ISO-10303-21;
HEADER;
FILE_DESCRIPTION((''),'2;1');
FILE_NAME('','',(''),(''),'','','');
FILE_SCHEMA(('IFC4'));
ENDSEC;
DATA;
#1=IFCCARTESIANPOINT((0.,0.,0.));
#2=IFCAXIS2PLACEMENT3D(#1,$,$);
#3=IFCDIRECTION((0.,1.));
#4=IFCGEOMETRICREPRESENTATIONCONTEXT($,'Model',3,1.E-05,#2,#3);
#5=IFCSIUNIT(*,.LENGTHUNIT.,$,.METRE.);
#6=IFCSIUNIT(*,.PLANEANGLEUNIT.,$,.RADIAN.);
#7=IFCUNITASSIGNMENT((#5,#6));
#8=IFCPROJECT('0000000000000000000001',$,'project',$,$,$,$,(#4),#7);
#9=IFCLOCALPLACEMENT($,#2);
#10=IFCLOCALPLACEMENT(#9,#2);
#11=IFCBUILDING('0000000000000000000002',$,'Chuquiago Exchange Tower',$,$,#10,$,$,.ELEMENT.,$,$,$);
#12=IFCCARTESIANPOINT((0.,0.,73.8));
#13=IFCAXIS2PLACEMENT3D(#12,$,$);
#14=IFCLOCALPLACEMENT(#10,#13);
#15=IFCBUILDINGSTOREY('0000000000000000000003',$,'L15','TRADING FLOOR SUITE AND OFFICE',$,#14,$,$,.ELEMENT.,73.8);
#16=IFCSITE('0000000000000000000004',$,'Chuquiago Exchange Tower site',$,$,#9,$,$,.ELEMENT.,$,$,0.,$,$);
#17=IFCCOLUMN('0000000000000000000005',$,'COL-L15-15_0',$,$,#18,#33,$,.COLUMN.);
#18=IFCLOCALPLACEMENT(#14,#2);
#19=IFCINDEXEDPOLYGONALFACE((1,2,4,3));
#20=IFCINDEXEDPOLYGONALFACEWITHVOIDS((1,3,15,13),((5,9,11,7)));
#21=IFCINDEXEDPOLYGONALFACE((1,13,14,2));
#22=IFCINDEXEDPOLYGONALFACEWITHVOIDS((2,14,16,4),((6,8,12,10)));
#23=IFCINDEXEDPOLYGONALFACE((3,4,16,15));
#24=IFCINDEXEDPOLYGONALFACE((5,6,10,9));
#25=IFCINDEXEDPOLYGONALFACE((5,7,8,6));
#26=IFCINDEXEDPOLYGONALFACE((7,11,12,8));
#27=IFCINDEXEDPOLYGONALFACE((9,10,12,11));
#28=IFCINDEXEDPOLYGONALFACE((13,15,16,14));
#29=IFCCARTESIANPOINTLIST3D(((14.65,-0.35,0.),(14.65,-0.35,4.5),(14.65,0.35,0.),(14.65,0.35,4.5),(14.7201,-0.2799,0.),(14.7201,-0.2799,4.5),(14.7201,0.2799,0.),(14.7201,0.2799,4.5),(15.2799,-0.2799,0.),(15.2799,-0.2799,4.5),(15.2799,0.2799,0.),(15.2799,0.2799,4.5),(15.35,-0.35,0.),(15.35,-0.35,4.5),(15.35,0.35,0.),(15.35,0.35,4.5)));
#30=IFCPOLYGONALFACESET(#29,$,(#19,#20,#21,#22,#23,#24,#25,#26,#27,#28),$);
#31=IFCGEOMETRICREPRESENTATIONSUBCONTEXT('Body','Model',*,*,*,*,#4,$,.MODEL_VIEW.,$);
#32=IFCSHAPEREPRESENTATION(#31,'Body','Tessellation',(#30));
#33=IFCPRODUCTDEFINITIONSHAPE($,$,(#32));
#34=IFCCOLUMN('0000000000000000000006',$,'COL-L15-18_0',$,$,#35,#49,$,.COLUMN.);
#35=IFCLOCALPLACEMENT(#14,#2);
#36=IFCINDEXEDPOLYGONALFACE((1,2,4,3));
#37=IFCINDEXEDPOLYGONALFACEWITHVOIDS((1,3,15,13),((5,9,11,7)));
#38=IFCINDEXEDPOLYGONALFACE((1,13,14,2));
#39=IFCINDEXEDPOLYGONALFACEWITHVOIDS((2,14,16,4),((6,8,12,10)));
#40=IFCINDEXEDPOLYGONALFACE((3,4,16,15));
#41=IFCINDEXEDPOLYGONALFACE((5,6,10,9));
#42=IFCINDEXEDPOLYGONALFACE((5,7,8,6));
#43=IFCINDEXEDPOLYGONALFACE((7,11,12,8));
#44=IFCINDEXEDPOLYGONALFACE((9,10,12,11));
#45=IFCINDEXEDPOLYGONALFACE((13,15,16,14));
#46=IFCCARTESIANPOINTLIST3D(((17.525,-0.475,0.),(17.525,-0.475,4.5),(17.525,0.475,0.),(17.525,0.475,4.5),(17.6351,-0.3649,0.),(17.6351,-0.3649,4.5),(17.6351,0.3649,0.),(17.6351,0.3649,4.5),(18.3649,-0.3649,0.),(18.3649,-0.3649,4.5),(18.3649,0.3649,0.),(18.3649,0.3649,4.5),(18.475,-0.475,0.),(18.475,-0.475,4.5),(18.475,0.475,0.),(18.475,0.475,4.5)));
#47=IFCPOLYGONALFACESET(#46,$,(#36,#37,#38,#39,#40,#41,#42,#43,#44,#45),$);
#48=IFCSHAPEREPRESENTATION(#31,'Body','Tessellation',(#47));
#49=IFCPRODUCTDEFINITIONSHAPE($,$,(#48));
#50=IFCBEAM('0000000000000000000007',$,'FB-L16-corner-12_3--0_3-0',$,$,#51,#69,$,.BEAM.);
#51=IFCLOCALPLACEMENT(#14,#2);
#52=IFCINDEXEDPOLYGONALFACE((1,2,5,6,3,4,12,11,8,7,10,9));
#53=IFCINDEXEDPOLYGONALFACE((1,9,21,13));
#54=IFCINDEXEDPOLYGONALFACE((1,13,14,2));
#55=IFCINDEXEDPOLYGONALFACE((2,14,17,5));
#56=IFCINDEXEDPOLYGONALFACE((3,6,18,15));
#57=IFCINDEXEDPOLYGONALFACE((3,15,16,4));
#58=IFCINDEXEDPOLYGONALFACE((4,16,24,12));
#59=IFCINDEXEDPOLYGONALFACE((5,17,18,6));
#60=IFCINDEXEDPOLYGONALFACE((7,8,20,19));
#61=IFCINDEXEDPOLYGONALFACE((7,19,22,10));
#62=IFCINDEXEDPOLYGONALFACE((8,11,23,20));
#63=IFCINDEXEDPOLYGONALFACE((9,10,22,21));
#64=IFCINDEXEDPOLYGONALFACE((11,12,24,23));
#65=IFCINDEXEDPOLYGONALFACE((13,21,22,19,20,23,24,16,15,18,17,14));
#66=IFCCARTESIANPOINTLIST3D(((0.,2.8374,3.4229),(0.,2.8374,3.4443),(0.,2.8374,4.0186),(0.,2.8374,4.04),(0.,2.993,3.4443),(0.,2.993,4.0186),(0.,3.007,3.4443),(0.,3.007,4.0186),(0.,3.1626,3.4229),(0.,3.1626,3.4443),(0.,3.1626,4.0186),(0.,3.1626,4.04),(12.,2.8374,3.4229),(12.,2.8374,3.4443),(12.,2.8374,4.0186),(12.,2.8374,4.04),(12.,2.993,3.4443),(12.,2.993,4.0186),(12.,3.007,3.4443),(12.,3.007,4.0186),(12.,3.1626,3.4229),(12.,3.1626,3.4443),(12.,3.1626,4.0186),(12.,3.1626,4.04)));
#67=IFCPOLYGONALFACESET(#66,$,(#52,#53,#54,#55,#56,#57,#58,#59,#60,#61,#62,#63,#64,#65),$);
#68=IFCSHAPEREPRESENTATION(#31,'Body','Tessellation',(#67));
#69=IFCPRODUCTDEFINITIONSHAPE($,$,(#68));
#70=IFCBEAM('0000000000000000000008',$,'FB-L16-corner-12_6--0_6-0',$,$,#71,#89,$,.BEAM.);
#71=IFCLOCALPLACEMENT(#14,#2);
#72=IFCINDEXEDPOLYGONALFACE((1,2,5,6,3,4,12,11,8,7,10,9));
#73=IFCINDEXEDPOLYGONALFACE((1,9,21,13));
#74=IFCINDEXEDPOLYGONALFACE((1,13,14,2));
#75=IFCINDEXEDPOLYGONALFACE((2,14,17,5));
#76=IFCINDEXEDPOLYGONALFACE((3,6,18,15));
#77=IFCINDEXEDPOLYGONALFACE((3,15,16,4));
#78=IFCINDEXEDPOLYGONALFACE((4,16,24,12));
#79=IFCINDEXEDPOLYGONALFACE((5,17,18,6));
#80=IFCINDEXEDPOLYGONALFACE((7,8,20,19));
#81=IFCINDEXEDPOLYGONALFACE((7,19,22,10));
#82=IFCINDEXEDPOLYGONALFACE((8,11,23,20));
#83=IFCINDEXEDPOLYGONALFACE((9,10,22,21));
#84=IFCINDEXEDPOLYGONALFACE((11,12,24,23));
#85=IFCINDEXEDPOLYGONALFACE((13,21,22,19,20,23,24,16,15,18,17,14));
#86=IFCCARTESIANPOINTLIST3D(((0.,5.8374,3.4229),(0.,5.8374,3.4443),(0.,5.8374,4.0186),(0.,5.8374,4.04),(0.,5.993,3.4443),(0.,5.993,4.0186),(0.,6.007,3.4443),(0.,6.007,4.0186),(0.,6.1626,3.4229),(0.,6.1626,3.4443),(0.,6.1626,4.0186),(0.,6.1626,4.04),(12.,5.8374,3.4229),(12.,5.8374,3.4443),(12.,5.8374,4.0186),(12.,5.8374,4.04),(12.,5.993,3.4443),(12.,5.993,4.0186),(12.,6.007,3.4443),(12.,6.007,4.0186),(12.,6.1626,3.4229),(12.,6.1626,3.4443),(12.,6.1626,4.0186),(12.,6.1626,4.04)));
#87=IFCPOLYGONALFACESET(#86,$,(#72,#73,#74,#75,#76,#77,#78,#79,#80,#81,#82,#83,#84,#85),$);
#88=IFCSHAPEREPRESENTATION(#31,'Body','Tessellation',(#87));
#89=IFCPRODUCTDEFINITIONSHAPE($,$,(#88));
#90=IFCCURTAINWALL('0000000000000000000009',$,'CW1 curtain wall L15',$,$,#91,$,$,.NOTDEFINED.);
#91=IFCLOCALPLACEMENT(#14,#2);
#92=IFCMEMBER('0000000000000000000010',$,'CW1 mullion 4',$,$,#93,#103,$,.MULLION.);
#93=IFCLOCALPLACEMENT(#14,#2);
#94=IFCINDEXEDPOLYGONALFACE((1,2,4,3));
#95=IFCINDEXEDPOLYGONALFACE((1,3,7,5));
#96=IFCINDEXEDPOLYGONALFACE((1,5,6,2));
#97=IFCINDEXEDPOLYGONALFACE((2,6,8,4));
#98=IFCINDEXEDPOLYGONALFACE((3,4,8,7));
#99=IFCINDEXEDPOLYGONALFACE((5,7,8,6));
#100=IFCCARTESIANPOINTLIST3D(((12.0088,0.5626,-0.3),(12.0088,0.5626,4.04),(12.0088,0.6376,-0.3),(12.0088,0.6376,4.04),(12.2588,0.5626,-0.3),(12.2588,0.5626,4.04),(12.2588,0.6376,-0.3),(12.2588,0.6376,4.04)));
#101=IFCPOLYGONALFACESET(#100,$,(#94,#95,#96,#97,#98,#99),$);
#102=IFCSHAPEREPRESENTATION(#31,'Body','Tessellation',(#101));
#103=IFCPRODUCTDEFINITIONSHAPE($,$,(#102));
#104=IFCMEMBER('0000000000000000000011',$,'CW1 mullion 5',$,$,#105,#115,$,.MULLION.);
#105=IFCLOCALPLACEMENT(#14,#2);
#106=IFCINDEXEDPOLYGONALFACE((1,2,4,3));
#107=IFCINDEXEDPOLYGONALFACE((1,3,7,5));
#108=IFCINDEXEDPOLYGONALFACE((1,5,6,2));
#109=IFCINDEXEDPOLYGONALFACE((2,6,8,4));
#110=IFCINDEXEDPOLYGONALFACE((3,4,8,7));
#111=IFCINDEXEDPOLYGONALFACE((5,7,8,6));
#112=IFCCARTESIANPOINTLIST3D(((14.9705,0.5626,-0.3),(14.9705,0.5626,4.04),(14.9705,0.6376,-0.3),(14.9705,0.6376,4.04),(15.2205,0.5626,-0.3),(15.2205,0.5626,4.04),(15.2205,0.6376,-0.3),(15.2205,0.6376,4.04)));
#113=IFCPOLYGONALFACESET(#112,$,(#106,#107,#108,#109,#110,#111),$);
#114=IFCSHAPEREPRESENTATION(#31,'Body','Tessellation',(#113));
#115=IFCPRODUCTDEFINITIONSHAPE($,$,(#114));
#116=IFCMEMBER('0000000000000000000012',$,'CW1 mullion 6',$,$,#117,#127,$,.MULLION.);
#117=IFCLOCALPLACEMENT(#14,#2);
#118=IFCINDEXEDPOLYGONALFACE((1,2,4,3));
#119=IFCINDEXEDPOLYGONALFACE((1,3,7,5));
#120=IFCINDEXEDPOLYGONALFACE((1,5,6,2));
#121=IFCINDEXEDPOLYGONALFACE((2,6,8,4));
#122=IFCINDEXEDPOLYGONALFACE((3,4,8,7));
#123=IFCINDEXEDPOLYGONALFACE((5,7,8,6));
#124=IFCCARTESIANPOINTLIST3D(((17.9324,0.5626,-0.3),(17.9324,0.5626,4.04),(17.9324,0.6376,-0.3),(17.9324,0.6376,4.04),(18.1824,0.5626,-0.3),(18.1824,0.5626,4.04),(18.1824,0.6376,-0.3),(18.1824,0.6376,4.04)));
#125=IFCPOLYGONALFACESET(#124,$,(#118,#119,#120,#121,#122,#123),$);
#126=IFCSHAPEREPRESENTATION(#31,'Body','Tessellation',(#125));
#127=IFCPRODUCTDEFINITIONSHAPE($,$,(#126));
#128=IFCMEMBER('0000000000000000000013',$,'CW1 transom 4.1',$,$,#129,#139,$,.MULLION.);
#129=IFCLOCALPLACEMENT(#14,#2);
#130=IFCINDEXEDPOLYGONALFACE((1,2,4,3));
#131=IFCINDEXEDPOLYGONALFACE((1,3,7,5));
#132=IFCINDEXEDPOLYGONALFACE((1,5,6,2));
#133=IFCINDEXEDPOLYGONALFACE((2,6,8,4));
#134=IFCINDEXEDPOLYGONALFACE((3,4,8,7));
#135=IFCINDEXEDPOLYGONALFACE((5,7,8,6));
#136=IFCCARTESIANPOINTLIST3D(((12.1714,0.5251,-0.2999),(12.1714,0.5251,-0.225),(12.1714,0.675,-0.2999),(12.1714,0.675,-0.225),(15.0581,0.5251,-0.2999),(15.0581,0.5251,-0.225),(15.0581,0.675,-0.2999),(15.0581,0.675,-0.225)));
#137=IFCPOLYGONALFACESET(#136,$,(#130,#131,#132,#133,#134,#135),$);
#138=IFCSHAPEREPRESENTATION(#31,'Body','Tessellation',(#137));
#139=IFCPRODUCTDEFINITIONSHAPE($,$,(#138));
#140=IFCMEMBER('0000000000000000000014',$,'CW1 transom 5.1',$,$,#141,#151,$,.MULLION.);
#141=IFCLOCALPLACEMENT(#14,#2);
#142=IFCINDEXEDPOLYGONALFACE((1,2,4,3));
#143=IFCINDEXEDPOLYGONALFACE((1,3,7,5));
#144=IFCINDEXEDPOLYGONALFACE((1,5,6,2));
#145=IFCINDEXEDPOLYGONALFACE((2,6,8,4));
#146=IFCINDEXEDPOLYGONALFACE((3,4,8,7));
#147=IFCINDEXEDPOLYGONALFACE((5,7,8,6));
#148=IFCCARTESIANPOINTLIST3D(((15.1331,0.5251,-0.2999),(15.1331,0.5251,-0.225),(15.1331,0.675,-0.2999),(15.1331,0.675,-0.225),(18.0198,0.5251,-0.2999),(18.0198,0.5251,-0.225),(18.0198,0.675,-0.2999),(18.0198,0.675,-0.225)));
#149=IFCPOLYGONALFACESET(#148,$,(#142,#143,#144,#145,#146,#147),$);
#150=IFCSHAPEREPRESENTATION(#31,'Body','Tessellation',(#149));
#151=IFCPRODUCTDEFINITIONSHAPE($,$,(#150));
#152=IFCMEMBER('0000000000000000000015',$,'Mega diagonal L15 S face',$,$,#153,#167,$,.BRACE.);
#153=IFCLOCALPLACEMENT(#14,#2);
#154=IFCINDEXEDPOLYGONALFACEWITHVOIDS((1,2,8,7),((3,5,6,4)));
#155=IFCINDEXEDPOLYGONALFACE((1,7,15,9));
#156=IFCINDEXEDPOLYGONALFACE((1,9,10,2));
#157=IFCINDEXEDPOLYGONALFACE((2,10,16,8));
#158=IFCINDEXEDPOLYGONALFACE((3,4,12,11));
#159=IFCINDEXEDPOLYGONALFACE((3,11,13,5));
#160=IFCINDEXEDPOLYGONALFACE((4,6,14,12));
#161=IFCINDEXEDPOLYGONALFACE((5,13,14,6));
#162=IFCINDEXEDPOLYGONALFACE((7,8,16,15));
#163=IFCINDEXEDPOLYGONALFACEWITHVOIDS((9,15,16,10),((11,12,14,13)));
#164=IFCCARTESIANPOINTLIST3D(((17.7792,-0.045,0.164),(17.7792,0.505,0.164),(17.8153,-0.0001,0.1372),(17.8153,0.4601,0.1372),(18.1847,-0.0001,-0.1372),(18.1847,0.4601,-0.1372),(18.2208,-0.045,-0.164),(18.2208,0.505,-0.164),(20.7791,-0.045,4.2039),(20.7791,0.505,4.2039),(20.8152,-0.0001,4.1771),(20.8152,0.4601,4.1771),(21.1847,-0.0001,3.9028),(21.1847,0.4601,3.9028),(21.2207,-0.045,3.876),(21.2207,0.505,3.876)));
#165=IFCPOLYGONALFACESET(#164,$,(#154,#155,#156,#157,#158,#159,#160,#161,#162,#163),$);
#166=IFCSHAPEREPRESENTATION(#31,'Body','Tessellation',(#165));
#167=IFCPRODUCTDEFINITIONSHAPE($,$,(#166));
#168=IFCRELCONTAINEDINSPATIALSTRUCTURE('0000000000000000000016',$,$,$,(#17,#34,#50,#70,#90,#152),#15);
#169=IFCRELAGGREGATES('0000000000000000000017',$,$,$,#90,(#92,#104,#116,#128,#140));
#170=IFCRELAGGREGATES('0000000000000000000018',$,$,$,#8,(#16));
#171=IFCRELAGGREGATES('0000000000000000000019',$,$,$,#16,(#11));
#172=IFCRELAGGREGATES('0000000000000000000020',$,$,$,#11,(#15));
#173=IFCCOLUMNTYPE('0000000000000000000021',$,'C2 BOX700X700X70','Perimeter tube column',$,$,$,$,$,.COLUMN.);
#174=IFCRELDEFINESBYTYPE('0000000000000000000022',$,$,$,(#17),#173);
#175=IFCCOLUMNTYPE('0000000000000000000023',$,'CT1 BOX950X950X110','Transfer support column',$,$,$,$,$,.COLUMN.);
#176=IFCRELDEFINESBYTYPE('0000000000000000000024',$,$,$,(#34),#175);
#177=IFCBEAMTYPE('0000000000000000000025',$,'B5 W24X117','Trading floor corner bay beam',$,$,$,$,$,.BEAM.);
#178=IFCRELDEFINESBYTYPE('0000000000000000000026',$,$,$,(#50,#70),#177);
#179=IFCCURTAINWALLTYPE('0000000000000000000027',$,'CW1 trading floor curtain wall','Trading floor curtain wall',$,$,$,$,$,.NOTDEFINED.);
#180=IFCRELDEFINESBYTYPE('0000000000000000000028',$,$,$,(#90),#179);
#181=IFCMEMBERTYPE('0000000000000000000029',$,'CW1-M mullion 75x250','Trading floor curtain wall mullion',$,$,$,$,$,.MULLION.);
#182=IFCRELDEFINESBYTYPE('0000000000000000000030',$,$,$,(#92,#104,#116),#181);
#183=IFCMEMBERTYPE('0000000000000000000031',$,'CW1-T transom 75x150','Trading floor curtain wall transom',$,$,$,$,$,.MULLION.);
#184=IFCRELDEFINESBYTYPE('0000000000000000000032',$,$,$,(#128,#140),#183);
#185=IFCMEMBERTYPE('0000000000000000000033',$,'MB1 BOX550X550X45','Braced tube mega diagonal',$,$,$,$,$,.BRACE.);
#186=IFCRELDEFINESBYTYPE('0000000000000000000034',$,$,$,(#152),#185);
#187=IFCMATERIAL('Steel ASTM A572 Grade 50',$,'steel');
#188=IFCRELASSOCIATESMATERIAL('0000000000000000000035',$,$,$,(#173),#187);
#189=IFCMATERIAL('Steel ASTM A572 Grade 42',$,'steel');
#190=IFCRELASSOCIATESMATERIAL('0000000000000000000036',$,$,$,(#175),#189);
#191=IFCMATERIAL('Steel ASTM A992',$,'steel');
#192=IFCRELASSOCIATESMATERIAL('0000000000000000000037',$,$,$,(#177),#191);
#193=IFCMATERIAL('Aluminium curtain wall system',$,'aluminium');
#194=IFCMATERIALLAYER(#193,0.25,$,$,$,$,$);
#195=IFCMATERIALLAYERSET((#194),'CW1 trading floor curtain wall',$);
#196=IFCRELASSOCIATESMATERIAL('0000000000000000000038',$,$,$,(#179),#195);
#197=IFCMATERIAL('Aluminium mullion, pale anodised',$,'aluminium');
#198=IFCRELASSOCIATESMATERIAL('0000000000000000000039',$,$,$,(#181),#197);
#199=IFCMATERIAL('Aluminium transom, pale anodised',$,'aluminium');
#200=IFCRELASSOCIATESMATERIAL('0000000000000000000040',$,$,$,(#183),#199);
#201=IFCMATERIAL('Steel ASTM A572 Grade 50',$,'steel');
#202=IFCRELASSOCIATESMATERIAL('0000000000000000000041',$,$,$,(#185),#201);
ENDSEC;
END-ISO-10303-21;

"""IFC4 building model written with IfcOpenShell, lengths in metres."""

from ifc_helpers import new_model, si_unit, direction, frame, origin, origin_2d, place, context, subcontext, project, spatial, rectangle, hollow_rectangle, i_section, extrude, material, layer, layer_set, material_profile, profile_set, type_object, element, aggregate, save


model = new_model("IFC4")

# Units and contexts
model_context = context("Model", 3, precision=1e-05, world=origin(), true_north=direction((0.0, 1.0)))
body_context = subcontext(model_context, "Body", "Model", "MODEL_VIEW")
ifc_project = project(units=[si_unit("LENGTHUNIT", "METRE"), si_unit("PLANEANGLEUNIT", "RADIAN")], contexts=[model_context])

# Site, building, storey
site_placement = place(None, origin())
site = spatial("IfcSite", under=ifc_project, at=site_placement, Name="Chuquiago Exchange Tower site", CompositionType="ELEMENT", RefElevation=0.0)
building_placement = place(site_placement, origin())
building = spatial("IfcBuilding", under=site, at=building_placement, Name="Chuquiago Exchange Tower", CompositionType="ELEMENT")
storey_placement = place(building_placement, frame((0.0, 0.0, 73.8)))
storey = spatial("IfcBuildingStorey", under=building, at=storey_placement, Name="L15", Description="TRADING FLOOR SUITE AND OFFICE", CompositionType="ELEMENT", Elevation=73.8)

# Columns
ifc_material_1 = material(Name="Steel ASTM A572 Grade 50", Category="steel")
ifc_material_profile_1 = material_profile(ifc_material_1, hollow_rectangle(XDim=0.7, YDim=0.7, WallThickness=0.0701, at=origin_2d()), Name="BOX700X700X70")
ifc_profile_set_1 = profile_set([ifc_material_profile_1], Name="Steel ASTM A572 Grade 50")
column_type_1 = type_object("IfcColumnType", Name="C2 BOX700X700X70", Description="Perimeter tube column", PredefinedType="COLUMN", material=ifc_profile_set_1)
column_1_placement = place(storey_placement, frame((15.0, 0.0, 0.0), z_axis=(0.0, 0.0, 1.0), x_axis=(0.0, -1.0, 0.0)))
element("IfcColumn", 1, at=column_1_placement, inside=storey, type_object=column_type_1, Name="COL-L15-15_0", PredefinedType="COLUMN", context=body_context, shape_type="SweptSolid", body=[
    extrude(hollow_rectangle(XDim=0.7, YDim=0.7, WallThickness=0.0701, at=origin_2d()), origin(), (0.0, 0.0, 1.0), 4.5),
])
ifc_material_2 = material(Name="Steel ASTM A572 Grade 42", Category="steel")
ifc_material_profile_2 = material_profile(ifc_material_2, hollow_rectangle(XDim=0.95, YDim=0.95, WallThickness=0.1101, at=origin_2d()), Name="BOX950X950X110")
ifc_profile_set_2 = profile_set([ifc_material_profile_2], Name="Steel ASTM A572 Grade 42")
column_type_2 = type_object("IfcColumnType", Name="CT1 BOX950X950X110", Description="Transfer support column", PredefinedType="COLUMN", material=ifc_profile_set_2)
column_2_placement = place(storey_placement, frame((18.0, 0.0, 0.0), z_axis=(0.0, 0.0, 1.0), x_axis=(0.0, -1.0, 0.0)))
element("IfcColumn", 2, at=column_2_placement, inside=storey, type_object=column_type_2, Name="COL-L15-18_0", PredefinedType="COLUMN", context=body_context, shape_type="SweptSolid", body=[
    extrude(hollow_rectangle(XDim=0.95, YDim=0.95, WallThickness=0.1101, at=origin_2d()), origin(), (0.0, 0.0, 1.0), 4.5),
])

# Beams
ifc_material_3 = material(Name="Steel ASTM A992", Category="steel")
ifc_material_profile_3 = material_profile(ifc_material_3, i_section(OverallWidth=0.3252, OverallDepth=0.6172, WebThickness=0.0139, FlangeThickness=0.0215, at=origin_2d()), Name="W24X117")
ifc_profile_set_3 = profile_set([ifc_material_profile_3], Name="Steel ASTM A992")
beam_type_1 = type_object("IfcBeamType", Name="B5 W24X117", Description="Trading floor corner bay beam", PredefinedType="BEAM", material=ifc_profile_set_3)
for number, where, z_axis, x_axis, name in (
    (3, (12.0, 3.0, 3.7314), (-1.0, 0.0, 0.0), (0.0, -1.0, 0.0), "FB-L16-corner-12_3--0_3-0"),
    (4, (12.0, 6.0, 3.7314), (-1.0, 0.0, 0.0), (0.0, -1.0, 0.0), "FB-L16-corner-12_6--0_6-0"),
):
    element("IfcBeam", number, at=place(storey_placement, frame(where, z_axis=z_axis, x_axis=x_axis)), inside=storey, type_object=beam_type_1, Name=name, PredefinedType="BEAM", context=body_context, shape_type="SweptSolid", body=[
        extrude(i_section(OverallWidth=0.3252, OverallDepth=0.6172, WebThickness=0.0139, FlangeThickness=0.0215, at=origin_2d()), origin(), (0.0, 0.0, 1.0), 12.0),
    ])

# Curtain wall, members
ifc_material_4 = material(Name="Aluminium curtain wall system", Category="aluminium")
ifc_layer_1 = layer(ifc_material_4, 0.25)
ifc_layer_set_1 = layer_set([ifc_layer_1], Name="CW1 trading floor curtain wall")
curtain_wall_type = type_object("IfcCurtainWallType", Name="CW1 trading floor curtain wall", Description="Trading floor curtain wall", PredefinedType="NOTDEFINED", material=ifc_layer_set_1)
curtain_wall_placement = place(storey_placement, origin())
curtain_wall = element("IfcCurtainWall", 5, at=curtain_wall_placement, inside=storey, type_object=curtain_wall_type, Name="CW1 curtain wall L15", PredefinedType="NOTDEFINED")
ifc_material_5 = material(Name="Aluminium mullion, pale anodised", Category="aluminium")
ifc_material_profile_4 = material_profile(ifc_material_5, rectangle(XDim=0.075, YDim=0.25, at=origin_2d()), Name="AL 75x250")
ifc_profile_set_4 = profile_set([ifc_material_profile_4], Name="Aluminium mullion, pale anodised")
member_type_1 = type_object("IfcMemberType", Name="CW1-M mullion 75x250", Description="Trading floor curtain wall mullion", PredefinedType="MULLION", material=ifc_profile_set_4)
member_1_placement = place(storey_placement, frame((12.1338, 0.6001, -0.3), z_axis=(0.0, 0.0, 1.0), x_axis=(0.0, 1.0, 0.0)))
member_1 = element("IfcMember", 6, at=member_1_placement, type_object=member_type_1, Name="CW1 mullion 4", PredefinedType="MULLION", context=body_context, shape_type="SweptSolid", body=[
    extrude(rectangle(XDim=0.075, YDim=0.25, at=origin_2d()), origin(), (0.0, 0.0, 1.0), 4.3401),
])
member_2_placement = place(storey_placement, frame((15.0955, 0.6001, -0.3), z_axis=(0.0, 0.0, 1.0), x_axis=(0.0, 1.0, 0.0)))
member_2 = element("IfcMember", 7, at=member_2_placement, type_object=member_type_1, Name="CW1 mullion 5", PredefinedType="MULLION", context=body_context, shape_type="SweptSolid", body=[
    extrude(rectangle(XDim=0.075, YDim=0.25, at=origin_2d()), origin(), (0.0, 0.0, 1.0), 4.3401),
])
member_3_placement = place(storey_placement, frame((18.0574, 0.6001, -0.3), z_axis=(0.0, 0.0, 1.0), x_axis=(0.0, 1.0, 0.0)))
member_3 = element("IfcMember", 8, at=member_3_placement, type_object=member_type_1, Name="CW1 mullion 6", PredefinedType="MULLION", context=body_context, shape_type="SweptSolid", body=[
    extrude(rectangle(XDim=0.075, YDim=0.25, at=origin_2d()), origin(), (0.0, 0.0, 1.0), 4.3401),
])
ifc_material_6 = material(Name="Aluminium transom, pale anodised", Category="aluminium")
ifc_material_profile_5 = material_profile(ifc_material_6, rectangle(XDim=0.1499, YDim=0.075, at=origin_2d()), Name="AL 150x75")
ifc_profile_set_5 = profile_set([ifc_material_profile_5], Name="Aluminium transom, pale anodised")
member_type_2 = type_object("IfcMemberType", Name="CW1-T transom 75x150", Description="Trading floor curtain wall transom", PredefinedType="MULLION", material=ifc_profile_set_5)
member_4_placement = place(storey_placement, frame((12.1714, 0.6001, -0.2625), z_axis=(1.0, 0.0, 0.0), x_axis=(0.0, 1.0, 0.0)))
member_4 = element("IfcMember", 9, at=member_4_placement, type_object=member_type_2, Name="CW1 transom 4.1", PredefinedType="MULLION", context=body_context, shape_type="SweptSolid", body=[
    extrude(rectangle(XDim=0.1499, YDim=0.075, at=origin_2d()), origin(), (0.0, 0.0, 1.0), 2.8867),
])
member_5_placement = place(storey_placement, frame((15.1331, 0.6001, -0.2625), z_axis=(1.0, 0.0, 0.0), x_axis=(0.0, 1.0, 0.0)))
member_5 = element("IfcMember", 10, at=member_5_placement, type_object=member_type_2, Name="CW1 transom 5.1", PredefinedType="MULLION", context=body_context, shape_type="SweptSolid", body=[
    extrude(rectangle(XDim=0.1499, YDim=0.075, at=origin_2d()), origin(), (0.0, 0.0, 1.0), 2.8867),
])

# Member
ifc_material_7 = material(Name="Steel ASTM A572 Grade 50", Category="steel")
ifc_material_profile_6 = material_profile(ifc_material_7, hollow_rectangle(XDim=0.55, YDim=0.55, WallThickness=0.0449, at=origin_2d()), Name="BOX550X550X45")
ifc_profile_set_6 = profile_set([ifc_material_profile_6], Name="Steel ASTM A572 Grade 50")
member_type_3 = type_object("IfcMemberType", Name="MB1 BOX550X550X45", Description="Braced tube mega diagonal", PredefinedType="BRACE", material=ifc_profile_set_6)
member_6_placement = place(storey_placement, frame((18.0, 0.23, 0.0), z_axis=(0.596174, 0.0, 0.802855), x_axis=(0.0, 1.0, 0.0)))
element("IfcMember", 11, at=member_6_placement, inside=storey, type_object=member_type_3, Name="Mega diagonal L15 S face", PredefinedType="BRACE", context=body_context, shape_type="SweptSolid", body=[
    extrude(hollow_rectangle(XDim=0.55, YDim=0.55, WallThickness=0.0449, at=origin_2d()), origin(), (0.0, 0.0, 1.0), 5.032),
])

aggregate(curtain_wall, [member_1, member_2, member_3, member_4, member_5])

save(model, "model.ifc")
